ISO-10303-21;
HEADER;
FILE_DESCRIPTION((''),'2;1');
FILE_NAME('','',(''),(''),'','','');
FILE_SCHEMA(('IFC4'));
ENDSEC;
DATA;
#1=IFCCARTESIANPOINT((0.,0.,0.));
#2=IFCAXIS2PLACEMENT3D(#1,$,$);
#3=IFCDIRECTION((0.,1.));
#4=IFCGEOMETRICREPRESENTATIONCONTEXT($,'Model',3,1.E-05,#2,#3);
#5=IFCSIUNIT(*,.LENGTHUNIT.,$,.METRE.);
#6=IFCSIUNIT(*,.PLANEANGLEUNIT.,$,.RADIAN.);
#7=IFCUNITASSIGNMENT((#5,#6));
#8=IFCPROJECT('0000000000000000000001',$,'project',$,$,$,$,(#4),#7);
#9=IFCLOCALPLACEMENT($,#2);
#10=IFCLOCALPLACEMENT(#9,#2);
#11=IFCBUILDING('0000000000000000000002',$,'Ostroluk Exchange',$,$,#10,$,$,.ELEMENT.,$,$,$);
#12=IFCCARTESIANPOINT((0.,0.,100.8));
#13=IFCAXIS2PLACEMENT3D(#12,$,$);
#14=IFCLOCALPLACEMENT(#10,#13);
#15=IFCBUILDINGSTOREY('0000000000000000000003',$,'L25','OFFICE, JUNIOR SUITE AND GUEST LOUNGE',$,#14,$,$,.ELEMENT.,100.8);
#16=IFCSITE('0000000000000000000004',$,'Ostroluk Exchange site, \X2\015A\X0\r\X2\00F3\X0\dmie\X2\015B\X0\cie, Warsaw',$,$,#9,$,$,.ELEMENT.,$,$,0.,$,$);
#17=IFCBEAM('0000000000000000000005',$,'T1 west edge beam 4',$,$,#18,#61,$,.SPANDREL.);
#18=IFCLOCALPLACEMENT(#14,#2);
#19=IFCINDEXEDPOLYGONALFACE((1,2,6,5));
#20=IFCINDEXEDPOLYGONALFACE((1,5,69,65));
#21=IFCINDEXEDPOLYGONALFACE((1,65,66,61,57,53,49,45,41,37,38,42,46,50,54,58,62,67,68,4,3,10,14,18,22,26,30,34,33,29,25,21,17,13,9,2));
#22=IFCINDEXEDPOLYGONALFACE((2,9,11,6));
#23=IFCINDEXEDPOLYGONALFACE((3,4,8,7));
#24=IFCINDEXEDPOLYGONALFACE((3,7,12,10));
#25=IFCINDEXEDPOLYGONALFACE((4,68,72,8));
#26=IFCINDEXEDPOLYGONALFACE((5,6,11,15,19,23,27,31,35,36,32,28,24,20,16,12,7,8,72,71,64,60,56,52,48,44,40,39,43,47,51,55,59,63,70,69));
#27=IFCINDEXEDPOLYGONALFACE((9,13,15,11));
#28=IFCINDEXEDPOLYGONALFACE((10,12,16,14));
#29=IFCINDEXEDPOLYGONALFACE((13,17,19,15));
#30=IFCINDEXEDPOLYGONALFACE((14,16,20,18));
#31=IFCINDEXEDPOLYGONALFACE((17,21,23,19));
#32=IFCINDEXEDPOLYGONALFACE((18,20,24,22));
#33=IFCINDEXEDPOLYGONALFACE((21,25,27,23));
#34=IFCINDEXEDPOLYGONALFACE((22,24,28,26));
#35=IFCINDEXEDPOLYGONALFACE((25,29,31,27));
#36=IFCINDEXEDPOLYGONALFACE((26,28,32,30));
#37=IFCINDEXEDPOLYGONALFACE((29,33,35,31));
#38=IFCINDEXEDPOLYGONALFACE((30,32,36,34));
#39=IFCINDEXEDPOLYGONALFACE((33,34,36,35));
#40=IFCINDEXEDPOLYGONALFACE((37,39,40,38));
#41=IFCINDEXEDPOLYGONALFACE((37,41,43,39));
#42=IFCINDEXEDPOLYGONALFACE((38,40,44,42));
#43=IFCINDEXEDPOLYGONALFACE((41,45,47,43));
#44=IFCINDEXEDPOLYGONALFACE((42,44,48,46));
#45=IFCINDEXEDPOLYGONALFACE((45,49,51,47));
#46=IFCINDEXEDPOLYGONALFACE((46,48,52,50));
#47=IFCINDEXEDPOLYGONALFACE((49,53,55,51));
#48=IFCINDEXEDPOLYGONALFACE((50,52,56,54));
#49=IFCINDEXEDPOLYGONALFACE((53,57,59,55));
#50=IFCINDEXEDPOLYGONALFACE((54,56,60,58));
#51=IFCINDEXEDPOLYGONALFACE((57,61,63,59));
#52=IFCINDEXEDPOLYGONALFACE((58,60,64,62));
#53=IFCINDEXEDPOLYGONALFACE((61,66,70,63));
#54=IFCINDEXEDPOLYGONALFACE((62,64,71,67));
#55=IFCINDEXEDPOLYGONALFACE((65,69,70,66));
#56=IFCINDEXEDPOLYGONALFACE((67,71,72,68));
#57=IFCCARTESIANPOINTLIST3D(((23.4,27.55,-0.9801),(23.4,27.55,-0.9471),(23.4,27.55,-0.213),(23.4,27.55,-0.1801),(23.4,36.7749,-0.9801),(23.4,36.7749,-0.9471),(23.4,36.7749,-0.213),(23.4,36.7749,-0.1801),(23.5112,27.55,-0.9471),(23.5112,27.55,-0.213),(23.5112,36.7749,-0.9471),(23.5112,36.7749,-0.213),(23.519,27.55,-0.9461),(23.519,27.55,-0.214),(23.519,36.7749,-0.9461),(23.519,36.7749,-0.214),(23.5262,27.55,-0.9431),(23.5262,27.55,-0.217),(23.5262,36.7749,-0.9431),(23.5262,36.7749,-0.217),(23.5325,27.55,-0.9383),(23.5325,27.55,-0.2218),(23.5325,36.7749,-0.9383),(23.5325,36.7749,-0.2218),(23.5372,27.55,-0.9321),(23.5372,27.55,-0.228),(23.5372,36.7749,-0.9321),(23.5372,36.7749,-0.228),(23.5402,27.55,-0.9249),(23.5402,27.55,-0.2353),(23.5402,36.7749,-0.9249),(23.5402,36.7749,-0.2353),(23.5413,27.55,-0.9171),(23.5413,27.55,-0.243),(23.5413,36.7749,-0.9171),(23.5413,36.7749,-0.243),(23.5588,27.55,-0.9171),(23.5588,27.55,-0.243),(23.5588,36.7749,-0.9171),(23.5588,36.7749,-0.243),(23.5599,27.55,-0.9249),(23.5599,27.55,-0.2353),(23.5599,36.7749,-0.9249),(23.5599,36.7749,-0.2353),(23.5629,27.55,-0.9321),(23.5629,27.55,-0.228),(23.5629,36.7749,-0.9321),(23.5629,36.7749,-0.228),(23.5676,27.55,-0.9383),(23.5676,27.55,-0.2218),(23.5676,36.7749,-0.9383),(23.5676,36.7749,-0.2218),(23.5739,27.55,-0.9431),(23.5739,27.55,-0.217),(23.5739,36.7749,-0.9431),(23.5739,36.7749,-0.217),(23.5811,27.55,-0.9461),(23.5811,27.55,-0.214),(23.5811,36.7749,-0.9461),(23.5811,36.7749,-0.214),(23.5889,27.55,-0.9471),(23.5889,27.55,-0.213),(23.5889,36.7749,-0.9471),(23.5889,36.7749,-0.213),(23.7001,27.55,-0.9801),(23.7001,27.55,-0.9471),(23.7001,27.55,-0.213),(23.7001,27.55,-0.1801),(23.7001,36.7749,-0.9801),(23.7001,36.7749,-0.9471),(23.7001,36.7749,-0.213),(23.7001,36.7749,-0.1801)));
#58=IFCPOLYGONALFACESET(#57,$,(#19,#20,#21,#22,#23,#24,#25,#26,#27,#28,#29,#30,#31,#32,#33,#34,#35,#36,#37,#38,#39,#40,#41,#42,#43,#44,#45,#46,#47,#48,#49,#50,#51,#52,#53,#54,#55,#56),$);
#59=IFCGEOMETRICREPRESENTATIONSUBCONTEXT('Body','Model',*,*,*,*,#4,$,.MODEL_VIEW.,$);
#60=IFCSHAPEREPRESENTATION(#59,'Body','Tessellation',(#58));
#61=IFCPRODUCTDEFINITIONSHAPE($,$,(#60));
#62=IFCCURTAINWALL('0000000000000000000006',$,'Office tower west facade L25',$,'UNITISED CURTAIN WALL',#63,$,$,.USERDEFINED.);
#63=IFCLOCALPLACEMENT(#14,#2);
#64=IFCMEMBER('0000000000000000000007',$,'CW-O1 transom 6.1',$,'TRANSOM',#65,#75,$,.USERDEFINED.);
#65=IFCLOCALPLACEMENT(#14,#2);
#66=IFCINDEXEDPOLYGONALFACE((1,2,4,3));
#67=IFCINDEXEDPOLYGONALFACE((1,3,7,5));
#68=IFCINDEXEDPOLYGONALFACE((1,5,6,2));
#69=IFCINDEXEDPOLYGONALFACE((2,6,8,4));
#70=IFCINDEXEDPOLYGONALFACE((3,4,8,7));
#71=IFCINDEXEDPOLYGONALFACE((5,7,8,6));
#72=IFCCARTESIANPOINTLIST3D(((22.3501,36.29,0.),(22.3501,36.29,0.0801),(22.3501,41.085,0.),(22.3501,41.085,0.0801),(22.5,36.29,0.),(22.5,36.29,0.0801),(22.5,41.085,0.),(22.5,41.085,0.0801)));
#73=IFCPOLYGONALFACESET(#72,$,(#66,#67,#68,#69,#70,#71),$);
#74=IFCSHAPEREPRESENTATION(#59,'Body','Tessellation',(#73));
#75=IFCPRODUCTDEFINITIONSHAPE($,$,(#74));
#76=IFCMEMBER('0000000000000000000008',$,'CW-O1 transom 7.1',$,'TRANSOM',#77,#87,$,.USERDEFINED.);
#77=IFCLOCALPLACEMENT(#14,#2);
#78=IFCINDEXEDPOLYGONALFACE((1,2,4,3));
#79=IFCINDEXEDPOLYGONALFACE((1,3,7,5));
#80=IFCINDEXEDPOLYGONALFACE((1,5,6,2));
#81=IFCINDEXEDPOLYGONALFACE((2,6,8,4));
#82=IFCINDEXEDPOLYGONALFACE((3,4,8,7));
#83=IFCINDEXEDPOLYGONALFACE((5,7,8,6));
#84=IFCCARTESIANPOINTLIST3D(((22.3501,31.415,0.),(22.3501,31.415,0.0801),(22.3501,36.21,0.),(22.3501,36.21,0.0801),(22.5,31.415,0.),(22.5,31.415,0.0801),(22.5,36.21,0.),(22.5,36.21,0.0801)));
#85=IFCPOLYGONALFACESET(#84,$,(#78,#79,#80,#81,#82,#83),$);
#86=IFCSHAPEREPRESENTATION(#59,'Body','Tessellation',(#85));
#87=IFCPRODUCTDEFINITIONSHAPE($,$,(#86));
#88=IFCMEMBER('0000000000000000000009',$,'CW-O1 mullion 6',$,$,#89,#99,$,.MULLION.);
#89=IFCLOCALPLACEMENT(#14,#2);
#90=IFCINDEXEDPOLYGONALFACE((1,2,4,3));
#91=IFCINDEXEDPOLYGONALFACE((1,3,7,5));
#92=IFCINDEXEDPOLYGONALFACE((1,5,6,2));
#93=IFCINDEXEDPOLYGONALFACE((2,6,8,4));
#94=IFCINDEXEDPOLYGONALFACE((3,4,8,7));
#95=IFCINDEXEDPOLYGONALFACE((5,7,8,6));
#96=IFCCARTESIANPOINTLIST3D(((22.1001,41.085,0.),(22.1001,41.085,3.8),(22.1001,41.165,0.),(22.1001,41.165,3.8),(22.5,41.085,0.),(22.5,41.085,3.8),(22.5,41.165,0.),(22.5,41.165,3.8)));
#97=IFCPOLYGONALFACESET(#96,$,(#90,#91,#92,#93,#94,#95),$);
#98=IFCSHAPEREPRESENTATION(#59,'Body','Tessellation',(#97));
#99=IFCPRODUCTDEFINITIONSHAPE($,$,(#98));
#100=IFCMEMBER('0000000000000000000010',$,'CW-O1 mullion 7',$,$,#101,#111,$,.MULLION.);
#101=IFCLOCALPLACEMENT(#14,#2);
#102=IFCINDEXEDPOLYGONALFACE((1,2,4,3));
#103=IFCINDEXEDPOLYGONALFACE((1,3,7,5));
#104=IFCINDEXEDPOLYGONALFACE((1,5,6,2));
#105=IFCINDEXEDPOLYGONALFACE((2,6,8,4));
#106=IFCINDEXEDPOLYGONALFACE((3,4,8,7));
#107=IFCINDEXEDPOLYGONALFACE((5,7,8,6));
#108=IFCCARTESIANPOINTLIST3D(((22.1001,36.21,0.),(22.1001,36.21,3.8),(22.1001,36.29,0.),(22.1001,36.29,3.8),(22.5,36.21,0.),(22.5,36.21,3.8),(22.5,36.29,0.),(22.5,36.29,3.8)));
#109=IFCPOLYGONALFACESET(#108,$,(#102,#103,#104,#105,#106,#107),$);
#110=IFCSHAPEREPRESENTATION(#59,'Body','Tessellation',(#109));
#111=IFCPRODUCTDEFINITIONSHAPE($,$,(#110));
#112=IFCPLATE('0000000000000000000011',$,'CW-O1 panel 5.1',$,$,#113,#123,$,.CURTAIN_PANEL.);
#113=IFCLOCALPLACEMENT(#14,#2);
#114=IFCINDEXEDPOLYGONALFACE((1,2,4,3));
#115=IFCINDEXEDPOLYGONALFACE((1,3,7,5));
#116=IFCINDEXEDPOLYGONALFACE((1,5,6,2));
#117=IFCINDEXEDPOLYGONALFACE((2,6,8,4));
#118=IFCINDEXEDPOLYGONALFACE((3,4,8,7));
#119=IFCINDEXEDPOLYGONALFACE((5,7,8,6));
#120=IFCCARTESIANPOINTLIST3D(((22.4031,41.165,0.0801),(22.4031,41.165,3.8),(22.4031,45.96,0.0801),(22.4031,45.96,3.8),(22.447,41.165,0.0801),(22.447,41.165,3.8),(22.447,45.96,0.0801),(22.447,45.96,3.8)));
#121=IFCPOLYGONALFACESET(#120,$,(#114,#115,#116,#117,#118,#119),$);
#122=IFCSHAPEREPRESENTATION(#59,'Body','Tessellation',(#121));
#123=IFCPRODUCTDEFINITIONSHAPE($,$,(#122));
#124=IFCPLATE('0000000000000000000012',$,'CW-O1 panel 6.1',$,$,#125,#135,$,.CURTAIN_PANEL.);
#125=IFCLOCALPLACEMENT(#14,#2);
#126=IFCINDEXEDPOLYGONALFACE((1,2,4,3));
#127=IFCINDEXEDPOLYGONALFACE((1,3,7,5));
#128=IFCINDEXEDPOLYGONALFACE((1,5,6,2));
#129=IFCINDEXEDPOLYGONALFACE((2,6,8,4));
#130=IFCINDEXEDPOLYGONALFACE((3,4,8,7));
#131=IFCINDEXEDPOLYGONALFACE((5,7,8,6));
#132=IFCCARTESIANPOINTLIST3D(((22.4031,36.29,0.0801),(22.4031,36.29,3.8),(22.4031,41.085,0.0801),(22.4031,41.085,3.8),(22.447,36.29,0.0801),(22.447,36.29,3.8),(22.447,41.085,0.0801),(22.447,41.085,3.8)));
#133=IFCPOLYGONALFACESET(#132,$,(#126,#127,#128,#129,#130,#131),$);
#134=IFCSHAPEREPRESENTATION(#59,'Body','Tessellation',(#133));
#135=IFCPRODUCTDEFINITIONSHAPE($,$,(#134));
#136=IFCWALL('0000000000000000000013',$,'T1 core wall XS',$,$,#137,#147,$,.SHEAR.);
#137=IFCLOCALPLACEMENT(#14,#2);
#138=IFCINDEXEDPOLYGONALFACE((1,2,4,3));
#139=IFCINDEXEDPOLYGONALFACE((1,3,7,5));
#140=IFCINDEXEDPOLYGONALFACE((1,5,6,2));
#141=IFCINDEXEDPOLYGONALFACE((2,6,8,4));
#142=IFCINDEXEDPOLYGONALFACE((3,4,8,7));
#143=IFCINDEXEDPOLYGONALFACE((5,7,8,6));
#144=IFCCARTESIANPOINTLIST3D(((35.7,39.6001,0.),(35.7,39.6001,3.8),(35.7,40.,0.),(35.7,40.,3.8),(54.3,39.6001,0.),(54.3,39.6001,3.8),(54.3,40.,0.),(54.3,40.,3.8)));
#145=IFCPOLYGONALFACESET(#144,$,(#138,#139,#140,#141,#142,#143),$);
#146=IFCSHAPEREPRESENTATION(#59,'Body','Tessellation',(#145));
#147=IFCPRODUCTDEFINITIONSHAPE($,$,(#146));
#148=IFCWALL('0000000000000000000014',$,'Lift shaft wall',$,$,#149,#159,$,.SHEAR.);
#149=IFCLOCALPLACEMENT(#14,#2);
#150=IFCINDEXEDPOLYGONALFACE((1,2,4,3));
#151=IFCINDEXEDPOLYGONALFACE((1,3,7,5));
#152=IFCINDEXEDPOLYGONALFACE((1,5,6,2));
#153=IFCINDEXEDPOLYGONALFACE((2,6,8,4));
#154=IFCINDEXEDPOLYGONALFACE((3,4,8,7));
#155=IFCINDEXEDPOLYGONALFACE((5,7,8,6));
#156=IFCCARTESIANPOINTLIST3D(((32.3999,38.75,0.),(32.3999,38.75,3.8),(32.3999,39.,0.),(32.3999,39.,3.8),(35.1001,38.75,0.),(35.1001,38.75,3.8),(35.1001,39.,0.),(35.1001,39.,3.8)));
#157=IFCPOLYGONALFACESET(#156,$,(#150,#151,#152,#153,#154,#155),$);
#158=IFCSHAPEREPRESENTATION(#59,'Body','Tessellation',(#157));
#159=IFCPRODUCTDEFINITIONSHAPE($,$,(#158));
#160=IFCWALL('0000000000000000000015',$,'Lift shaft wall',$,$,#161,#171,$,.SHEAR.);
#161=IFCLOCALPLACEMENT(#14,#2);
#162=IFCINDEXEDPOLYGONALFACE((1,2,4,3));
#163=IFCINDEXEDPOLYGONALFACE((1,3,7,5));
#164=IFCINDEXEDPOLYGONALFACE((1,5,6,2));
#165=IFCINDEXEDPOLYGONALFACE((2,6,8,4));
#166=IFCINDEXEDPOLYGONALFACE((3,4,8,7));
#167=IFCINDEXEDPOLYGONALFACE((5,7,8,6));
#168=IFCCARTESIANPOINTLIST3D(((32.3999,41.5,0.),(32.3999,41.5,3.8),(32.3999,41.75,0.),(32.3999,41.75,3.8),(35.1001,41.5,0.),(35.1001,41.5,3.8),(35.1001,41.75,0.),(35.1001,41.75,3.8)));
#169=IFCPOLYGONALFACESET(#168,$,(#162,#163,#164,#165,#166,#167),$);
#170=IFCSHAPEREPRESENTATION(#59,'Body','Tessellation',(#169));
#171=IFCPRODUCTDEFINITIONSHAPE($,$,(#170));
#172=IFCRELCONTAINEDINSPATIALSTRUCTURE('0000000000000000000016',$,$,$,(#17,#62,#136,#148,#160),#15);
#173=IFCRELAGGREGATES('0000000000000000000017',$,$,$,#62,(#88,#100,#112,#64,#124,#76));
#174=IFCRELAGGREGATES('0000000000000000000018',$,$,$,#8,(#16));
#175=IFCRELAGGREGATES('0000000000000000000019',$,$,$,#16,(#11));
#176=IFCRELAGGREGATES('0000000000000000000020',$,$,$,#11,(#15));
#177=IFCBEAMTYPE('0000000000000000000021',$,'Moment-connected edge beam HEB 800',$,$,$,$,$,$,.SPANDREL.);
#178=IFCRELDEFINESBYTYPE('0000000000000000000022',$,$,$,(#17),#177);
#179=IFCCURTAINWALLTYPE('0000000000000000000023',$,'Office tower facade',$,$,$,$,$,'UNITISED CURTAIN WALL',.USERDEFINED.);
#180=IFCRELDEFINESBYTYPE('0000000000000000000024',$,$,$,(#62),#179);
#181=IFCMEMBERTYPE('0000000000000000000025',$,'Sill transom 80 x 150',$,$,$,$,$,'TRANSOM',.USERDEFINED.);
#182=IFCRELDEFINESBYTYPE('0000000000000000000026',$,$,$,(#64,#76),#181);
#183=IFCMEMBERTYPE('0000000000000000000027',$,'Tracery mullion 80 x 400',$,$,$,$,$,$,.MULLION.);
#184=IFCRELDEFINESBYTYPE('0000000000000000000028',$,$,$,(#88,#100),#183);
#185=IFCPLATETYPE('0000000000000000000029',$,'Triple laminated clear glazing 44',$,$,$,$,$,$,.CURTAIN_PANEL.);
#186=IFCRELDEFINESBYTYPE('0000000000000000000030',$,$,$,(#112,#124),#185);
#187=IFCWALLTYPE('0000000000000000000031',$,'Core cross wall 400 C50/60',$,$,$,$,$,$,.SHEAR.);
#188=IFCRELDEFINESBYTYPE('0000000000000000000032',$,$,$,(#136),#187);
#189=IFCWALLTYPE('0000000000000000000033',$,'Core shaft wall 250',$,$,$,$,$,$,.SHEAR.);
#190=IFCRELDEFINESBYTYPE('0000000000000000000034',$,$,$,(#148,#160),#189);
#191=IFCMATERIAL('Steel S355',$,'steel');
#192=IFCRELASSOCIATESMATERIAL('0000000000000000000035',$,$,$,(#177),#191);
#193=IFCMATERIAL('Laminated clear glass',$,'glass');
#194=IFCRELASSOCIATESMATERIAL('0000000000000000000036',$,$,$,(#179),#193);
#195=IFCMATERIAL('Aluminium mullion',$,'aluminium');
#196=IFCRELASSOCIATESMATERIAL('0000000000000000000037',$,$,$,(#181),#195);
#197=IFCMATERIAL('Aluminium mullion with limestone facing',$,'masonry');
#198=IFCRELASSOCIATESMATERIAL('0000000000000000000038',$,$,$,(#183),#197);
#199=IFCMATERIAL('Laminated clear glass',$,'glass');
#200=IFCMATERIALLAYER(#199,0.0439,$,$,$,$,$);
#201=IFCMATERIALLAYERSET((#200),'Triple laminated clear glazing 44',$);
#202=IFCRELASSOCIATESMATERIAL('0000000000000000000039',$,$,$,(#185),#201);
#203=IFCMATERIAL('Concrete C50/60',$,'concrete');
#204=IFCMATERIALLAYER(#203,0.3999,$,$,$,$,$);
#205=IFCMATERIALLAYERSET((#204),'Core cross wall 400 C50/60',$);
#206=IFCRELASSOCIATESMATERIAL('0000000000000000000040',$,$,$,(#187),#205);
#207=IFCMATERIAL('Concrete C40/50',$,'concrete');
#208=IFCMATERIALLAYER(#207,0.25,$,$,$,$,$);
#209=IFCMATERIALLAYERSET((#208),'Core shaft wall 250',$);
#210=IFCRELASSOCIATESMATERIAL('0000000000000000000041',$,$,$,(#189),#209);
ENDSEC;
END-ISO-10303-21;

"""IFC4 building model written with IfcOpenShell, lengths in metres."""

from ifc_helpers import new_model, si_unit, direction, frame, frame_2d, origin, origin_2d, place, context, subcontext, project, spatial, rectangle, i_section, extrude, material, layer, layer_set, material_profile, profile_set, type_object, element, aggregate, save


model = new_model("IFC4")

# Units and contexts
model_context = context("Model", 3, precision=1e-05, world=origin(), true_north=direction((0.0, 1.0)))
body_context = subcontext(model_context, "Body", "Model", "MODEL_VIEW")
ifc_project = project(units=[si_unit("LENGTHUNIT", "METRE"), si_unit("PLANEANGLEUNIT", "RADIAN")], contexts=[model_context])

# Site, building, storey
site_placement = place(None, origin())
site = spatial("IfcSite", under=ifc_project, at=site_placement, Name="Ostroluk Exchange site, Śródmieście, Warsaw", CompositionType="ELEMENT", RefElevation=0.0)
building_placement = place(site_placement, origin())
building = spatial("IfcBuilding", under=site, at=building_placement, Name="Ostroluk Exchange", CompositionType="ELEMENT")
storey_placement = place(building_placement, frame((0.0, 0.0, 100.8)))
storey = spatial("IfcBuildingStorey", under=building, at=storey_placement, Name="L25", Description="OFFICE, JUNIOR SUITE AND GUEST LOUNGE", CompositionType="ELEMENT", Elevation=100.8)

# Beam
ifc_material_1 = material(Name="Steel S355", Category="steel")
ifc_material_profile_1 = material_profile(ifc_material_1, i_section(OverallWidth=0.3, OverallDepth=0.8, WebThickness=0.0176, FlangeThickness=0.033, FilletRadius=0.03, at=origin_2d()), Name="HEB 800")
ifc_profile_set_1 = profile_set([ifc_material_profile_1], Name="Steel S355")
beam_type_1 = type_object("IfcBeamType", Name="Moment-connected edge beam HEB 800", PredefinedType="SPANDREL", material=ifc_profile_set_1)
beam_1_placement = place(storey_placement, frame((23.55, 36.7749, -0.5801), z_axis=(0.0, -1.0, 0.0), x_axis=(1.0, 0.0, 0.0)))
element("IfcBeam", 1, at=beam_1_placement, inside=storey, type_object=beam_type_1, Name="T1 west edge beam 4", PredefinedType="SPANDREL", context=body_context, shape_type="SweptSolid", body=[
    extrude(i_section(OverallWidth=0.3, OverallDepth=0.8, WebThickness=0.0176, FlangeThickness=0.033, FilletRadius=0.03, at=origin_2d()), origin(), (0.0, 0.0, 1.0), 9.2249),
])

# Curtain wall, members, plates
ifc_material_2 = material(Name="Laminated clear glass", Category="glass")
curtain_wall_type = type_object("IfcCurtainWallType", Name="Office tower facade", ElementType="UNITISED CURTAIN WALL", PredefinedType="USERDEFINED", material=ifc_material_2)
curtain_wall_placement = place(storey_placement, origin())
curtain_wall = element("IfcCurtainWall", 2, at=curtain_wall_placement, inside=storey, type_object=curtain_wall_type, Name="Office tower west facade L25", ObjectType="UNITISED CURTAIN WALL", PredefinedType="USERDEFINED")
ifc_material_3 = material(Name="Aluminium mullion", Category="aluminium")
ifc_material_profile_2 = material_profile(ifc_material_3, rectangle(XDim=0.1499, YDim=0.0801, at=origin_2d()), Name="Sill transom 80 x 150")
ifc_profile_set_2 = profile_set([ifc_material_profile_2], Name="Aluminium mullion")
member_type_1 = type_object("IfcMemberType", Name="Sill transom 80 x 150", ElementType="TRANSOM", PredefinedType="USERDEFINED", material=ifc_profile_set_2)
member_1_placement = place(storey_placement, frame((22.425, 41.085, 0.04), z_axis=(0.0, -1.0, 0.0), x_axis=(1.0, 0.0, 0.0)))
member_1 = element("IfcMember", 3, at=member_1_placement, type_object=member_type_1, Name="CW-O1 transom 6.1", ObjectType="TRANSOM", PredefinedType="USERDEFINED", context=body_context, shape_type="SweptSolid", body=[
    extrude(rectangle(XDim=0.1499, YDim=0.0801, at=origin_2d()), origin(), (0.0, 0.0, 1.0), 4.7949),
])
member_2_placement = place(storey_placement, frame((22.425, 36.21, 0.04), z_axis=(0.0, -1.0, 0.0), x_axis=(1.0, 0.0, 0.0)))
member_2 = element("IfcMember", 4, at=member_2_placement, type_object=member_type_1, Name="CW-O1 transom 7.1", ObjectType="TRANSOM", PredefinedType="USERDEFINED", context=body_context, shape_type="SweptSolid", body=[
    extrude(rectangle(XDim=0.1499, YDim=0.0801, at=origin_2d()), origin(), (0.0, 0.0, 1.0), 4.7949),
])
ifc_material_4 = material(Name="Aluminium mullion with limestone facing", Category="masonry")
ifc_material_profile_3 = material_profile(ifc_material_4, rectangle(XDim=0.3999, YDim=0.0801, at=origin_2d()), Name="Tracery mullion 80 x 400")
ifc_profile_set_3 = profile_set([ifc_material_profile_3], Name="Aluminium mullion with limestone facing")
member_type_2 = type_object("IfcMemberType", Name="Tracery mullion 80 x 400", PredefinedType="MULLION", material=ifc_profile_set_3)
member_3_placement = place(storey_placement, frame((22.3, 41.125, 0.0), z_axis=(0.0, 0.0, 1.0), x_axis=(1.0, 0.0, 0.0)))
member_3 = element("IfcMember", 5, at=member_3_placement, type_object=member_type_2, Name="CW-O1 mullion 6", PredefinedType="MULLION", context=body_context, shape_type="SweptSolid", body=[
    extrude(rectangle(XDim=0.3999, YDim=0.0801, at=origin_2d()), origin(), (0.0, 0.0, 1.0), 3.8),
])
member_4_placement = place(storey_placement, frame((22.3, 36.25, 0.0), z_axis=(0.0, 0.0, 1.0), x_axis=(1.0, 0.0, 0.0)))
member_4 = element("IfcMember", 6, at=member_4_placement, type_object=member_type_2, Name="CW-O1 mullion 7", PredefinedType="MULLION", context=body_context, shape_type="SweptSolid", body=[
    extrude(rectangle(XDim=0.3999, YDim=0.0801, at=origin_2d()), origin(), (0.0, 0.0, 1.0), 3.8),
])
ifc_material_5 = material(Name="Laminated clear glass", Category="glass")
ifc_layer_1 = layer(ifc_material_5, 0.0439)
ifc_layer_set_1 = layer_set([ifc_layer_1], Name="Triple laminated clear glazing 44")
plate_type = type_object("IfcPlateType", Name="Triple laminated clear glazing 44", PredefinedType="CURTAIN_PANEL", material=ifc_layer_set_1)
plate_1_placement = place(storey_placement, frame((22.425, 43.5625, 0.0801), z_axis=(0.0, 0.0, 1.0), x_axis=(0.0, -1.0, 0.0)))
plate_1 = element("IfcPlate", 7, at=plate_1_placement, type_object=plate_type, Name="CW-O1 panel 5.1", PredefinedType="CURTAIN_PANEL", context=body_context, shape_type="SweptSolid", body=[
    extrude(rectangle(XDim=4.7949, YDim=0.0439, at=origin_2d()), origin(), (0.0, 0.0, 1.0), 3.72),
])
plate_2_placement = place(storey_placement, frame((22.425, 38.6875, 0.0801), z_axis=(0.0, 0.0, 1.0), x_axis=(0.0, -1.0, 0.0)))
plate_2 = element("IfcPlate", 8, at=plate_2_placement, type_object=plate_type, Name="CW-O1 panel 6.1", PredefinedType="CURTAIN_PANEL", context=body_context, shape_type="SweptSolid", body=[
    extrude(rectangle(XDim=4.7949, YDim=0.0439, at=origin_2d()), origin(), (0.0, 0.0, 1.0), 3.72),
])
aggregate(curtain_wall, [member_3, member_4, plate_1, member_1, plate_2, member_2])

# Walls
ifc_material_6 = material(Name="Concrete C50/60", Category="concrete")
ifc_layer_2 = layer(ifc_material_6, 0.3999)
ifc_layer_set_2 = layer_set([ifc_layer_2], Name="Core cross wall 400 C50/60")
wall_type_1 = type_object("IfcWallType", Name="Core cross wall 400 C50/60", PredefinedType="SHEAR", material=ifc_layer_set_2)
wall_1_placement = place(storey_placement, frame((35.7, 39.8, 0.0), z_axis=(0.0, 0.0, 1.0), x_axis=(1.0, 0.0, 0.0)))
element("IfcWall", 9, at=wall_1_placement, inside=storey, type_object=wall_type_1, Name="T1 core wall XS", PredefinedType="SHEAR", context=body_context, shape_type="SweptSolid", body=[
    extrude(rectangle(XDim=18.6001, YDim=0.3999, at=frame_2d((9.3, 0.0))), origin(), (0.0, 0.0, 1.0), 3.8),
])
ifc_material_7 = material(Name="Concrete C40/50", Category="concrete")
ifc_layer_3 = layer(ifc_material_7, 0.25)
ifc_layer_set_3 = layer_set([ifc_layer_3], Name="Core shaft wall 250")
wall_type_2 = type_object("IfcWallType", Name="Core shaft wall 250", PredefinedType="SHEAR", material=ifc_layer_set_3)
for number, where, z_axis, x_axis, name in (
    (10, (32.3999, 38.875, 0.0), (0.0, 0.0, 1.0), (1.0, 0.0, 0.0), "Lift shaft wall"),
    (11, (32.3999, 41.625, 0.0), (0.0, 0.0, 1.0), (1.0, 0.0, 0.0), "Lift shaft wall"),
):
    element("IfcWall", number, at=place(storey_placement, frame(where, z_axis=z_axis, x_axis=x_axis)), inside=storey, type_object=wall_type_2, Name=name, PredefinedType="SHEAR", context=body_context, shape_type="SweptSolid", body=[
        extrude(rectangle(XDim=2.7002, YDim=0.25, at=frame_2d((1.3501, 0.0))), origin(), (0.0, 0.0, 1.0), 3.8),
    ])

save(model, "model.ifc")
